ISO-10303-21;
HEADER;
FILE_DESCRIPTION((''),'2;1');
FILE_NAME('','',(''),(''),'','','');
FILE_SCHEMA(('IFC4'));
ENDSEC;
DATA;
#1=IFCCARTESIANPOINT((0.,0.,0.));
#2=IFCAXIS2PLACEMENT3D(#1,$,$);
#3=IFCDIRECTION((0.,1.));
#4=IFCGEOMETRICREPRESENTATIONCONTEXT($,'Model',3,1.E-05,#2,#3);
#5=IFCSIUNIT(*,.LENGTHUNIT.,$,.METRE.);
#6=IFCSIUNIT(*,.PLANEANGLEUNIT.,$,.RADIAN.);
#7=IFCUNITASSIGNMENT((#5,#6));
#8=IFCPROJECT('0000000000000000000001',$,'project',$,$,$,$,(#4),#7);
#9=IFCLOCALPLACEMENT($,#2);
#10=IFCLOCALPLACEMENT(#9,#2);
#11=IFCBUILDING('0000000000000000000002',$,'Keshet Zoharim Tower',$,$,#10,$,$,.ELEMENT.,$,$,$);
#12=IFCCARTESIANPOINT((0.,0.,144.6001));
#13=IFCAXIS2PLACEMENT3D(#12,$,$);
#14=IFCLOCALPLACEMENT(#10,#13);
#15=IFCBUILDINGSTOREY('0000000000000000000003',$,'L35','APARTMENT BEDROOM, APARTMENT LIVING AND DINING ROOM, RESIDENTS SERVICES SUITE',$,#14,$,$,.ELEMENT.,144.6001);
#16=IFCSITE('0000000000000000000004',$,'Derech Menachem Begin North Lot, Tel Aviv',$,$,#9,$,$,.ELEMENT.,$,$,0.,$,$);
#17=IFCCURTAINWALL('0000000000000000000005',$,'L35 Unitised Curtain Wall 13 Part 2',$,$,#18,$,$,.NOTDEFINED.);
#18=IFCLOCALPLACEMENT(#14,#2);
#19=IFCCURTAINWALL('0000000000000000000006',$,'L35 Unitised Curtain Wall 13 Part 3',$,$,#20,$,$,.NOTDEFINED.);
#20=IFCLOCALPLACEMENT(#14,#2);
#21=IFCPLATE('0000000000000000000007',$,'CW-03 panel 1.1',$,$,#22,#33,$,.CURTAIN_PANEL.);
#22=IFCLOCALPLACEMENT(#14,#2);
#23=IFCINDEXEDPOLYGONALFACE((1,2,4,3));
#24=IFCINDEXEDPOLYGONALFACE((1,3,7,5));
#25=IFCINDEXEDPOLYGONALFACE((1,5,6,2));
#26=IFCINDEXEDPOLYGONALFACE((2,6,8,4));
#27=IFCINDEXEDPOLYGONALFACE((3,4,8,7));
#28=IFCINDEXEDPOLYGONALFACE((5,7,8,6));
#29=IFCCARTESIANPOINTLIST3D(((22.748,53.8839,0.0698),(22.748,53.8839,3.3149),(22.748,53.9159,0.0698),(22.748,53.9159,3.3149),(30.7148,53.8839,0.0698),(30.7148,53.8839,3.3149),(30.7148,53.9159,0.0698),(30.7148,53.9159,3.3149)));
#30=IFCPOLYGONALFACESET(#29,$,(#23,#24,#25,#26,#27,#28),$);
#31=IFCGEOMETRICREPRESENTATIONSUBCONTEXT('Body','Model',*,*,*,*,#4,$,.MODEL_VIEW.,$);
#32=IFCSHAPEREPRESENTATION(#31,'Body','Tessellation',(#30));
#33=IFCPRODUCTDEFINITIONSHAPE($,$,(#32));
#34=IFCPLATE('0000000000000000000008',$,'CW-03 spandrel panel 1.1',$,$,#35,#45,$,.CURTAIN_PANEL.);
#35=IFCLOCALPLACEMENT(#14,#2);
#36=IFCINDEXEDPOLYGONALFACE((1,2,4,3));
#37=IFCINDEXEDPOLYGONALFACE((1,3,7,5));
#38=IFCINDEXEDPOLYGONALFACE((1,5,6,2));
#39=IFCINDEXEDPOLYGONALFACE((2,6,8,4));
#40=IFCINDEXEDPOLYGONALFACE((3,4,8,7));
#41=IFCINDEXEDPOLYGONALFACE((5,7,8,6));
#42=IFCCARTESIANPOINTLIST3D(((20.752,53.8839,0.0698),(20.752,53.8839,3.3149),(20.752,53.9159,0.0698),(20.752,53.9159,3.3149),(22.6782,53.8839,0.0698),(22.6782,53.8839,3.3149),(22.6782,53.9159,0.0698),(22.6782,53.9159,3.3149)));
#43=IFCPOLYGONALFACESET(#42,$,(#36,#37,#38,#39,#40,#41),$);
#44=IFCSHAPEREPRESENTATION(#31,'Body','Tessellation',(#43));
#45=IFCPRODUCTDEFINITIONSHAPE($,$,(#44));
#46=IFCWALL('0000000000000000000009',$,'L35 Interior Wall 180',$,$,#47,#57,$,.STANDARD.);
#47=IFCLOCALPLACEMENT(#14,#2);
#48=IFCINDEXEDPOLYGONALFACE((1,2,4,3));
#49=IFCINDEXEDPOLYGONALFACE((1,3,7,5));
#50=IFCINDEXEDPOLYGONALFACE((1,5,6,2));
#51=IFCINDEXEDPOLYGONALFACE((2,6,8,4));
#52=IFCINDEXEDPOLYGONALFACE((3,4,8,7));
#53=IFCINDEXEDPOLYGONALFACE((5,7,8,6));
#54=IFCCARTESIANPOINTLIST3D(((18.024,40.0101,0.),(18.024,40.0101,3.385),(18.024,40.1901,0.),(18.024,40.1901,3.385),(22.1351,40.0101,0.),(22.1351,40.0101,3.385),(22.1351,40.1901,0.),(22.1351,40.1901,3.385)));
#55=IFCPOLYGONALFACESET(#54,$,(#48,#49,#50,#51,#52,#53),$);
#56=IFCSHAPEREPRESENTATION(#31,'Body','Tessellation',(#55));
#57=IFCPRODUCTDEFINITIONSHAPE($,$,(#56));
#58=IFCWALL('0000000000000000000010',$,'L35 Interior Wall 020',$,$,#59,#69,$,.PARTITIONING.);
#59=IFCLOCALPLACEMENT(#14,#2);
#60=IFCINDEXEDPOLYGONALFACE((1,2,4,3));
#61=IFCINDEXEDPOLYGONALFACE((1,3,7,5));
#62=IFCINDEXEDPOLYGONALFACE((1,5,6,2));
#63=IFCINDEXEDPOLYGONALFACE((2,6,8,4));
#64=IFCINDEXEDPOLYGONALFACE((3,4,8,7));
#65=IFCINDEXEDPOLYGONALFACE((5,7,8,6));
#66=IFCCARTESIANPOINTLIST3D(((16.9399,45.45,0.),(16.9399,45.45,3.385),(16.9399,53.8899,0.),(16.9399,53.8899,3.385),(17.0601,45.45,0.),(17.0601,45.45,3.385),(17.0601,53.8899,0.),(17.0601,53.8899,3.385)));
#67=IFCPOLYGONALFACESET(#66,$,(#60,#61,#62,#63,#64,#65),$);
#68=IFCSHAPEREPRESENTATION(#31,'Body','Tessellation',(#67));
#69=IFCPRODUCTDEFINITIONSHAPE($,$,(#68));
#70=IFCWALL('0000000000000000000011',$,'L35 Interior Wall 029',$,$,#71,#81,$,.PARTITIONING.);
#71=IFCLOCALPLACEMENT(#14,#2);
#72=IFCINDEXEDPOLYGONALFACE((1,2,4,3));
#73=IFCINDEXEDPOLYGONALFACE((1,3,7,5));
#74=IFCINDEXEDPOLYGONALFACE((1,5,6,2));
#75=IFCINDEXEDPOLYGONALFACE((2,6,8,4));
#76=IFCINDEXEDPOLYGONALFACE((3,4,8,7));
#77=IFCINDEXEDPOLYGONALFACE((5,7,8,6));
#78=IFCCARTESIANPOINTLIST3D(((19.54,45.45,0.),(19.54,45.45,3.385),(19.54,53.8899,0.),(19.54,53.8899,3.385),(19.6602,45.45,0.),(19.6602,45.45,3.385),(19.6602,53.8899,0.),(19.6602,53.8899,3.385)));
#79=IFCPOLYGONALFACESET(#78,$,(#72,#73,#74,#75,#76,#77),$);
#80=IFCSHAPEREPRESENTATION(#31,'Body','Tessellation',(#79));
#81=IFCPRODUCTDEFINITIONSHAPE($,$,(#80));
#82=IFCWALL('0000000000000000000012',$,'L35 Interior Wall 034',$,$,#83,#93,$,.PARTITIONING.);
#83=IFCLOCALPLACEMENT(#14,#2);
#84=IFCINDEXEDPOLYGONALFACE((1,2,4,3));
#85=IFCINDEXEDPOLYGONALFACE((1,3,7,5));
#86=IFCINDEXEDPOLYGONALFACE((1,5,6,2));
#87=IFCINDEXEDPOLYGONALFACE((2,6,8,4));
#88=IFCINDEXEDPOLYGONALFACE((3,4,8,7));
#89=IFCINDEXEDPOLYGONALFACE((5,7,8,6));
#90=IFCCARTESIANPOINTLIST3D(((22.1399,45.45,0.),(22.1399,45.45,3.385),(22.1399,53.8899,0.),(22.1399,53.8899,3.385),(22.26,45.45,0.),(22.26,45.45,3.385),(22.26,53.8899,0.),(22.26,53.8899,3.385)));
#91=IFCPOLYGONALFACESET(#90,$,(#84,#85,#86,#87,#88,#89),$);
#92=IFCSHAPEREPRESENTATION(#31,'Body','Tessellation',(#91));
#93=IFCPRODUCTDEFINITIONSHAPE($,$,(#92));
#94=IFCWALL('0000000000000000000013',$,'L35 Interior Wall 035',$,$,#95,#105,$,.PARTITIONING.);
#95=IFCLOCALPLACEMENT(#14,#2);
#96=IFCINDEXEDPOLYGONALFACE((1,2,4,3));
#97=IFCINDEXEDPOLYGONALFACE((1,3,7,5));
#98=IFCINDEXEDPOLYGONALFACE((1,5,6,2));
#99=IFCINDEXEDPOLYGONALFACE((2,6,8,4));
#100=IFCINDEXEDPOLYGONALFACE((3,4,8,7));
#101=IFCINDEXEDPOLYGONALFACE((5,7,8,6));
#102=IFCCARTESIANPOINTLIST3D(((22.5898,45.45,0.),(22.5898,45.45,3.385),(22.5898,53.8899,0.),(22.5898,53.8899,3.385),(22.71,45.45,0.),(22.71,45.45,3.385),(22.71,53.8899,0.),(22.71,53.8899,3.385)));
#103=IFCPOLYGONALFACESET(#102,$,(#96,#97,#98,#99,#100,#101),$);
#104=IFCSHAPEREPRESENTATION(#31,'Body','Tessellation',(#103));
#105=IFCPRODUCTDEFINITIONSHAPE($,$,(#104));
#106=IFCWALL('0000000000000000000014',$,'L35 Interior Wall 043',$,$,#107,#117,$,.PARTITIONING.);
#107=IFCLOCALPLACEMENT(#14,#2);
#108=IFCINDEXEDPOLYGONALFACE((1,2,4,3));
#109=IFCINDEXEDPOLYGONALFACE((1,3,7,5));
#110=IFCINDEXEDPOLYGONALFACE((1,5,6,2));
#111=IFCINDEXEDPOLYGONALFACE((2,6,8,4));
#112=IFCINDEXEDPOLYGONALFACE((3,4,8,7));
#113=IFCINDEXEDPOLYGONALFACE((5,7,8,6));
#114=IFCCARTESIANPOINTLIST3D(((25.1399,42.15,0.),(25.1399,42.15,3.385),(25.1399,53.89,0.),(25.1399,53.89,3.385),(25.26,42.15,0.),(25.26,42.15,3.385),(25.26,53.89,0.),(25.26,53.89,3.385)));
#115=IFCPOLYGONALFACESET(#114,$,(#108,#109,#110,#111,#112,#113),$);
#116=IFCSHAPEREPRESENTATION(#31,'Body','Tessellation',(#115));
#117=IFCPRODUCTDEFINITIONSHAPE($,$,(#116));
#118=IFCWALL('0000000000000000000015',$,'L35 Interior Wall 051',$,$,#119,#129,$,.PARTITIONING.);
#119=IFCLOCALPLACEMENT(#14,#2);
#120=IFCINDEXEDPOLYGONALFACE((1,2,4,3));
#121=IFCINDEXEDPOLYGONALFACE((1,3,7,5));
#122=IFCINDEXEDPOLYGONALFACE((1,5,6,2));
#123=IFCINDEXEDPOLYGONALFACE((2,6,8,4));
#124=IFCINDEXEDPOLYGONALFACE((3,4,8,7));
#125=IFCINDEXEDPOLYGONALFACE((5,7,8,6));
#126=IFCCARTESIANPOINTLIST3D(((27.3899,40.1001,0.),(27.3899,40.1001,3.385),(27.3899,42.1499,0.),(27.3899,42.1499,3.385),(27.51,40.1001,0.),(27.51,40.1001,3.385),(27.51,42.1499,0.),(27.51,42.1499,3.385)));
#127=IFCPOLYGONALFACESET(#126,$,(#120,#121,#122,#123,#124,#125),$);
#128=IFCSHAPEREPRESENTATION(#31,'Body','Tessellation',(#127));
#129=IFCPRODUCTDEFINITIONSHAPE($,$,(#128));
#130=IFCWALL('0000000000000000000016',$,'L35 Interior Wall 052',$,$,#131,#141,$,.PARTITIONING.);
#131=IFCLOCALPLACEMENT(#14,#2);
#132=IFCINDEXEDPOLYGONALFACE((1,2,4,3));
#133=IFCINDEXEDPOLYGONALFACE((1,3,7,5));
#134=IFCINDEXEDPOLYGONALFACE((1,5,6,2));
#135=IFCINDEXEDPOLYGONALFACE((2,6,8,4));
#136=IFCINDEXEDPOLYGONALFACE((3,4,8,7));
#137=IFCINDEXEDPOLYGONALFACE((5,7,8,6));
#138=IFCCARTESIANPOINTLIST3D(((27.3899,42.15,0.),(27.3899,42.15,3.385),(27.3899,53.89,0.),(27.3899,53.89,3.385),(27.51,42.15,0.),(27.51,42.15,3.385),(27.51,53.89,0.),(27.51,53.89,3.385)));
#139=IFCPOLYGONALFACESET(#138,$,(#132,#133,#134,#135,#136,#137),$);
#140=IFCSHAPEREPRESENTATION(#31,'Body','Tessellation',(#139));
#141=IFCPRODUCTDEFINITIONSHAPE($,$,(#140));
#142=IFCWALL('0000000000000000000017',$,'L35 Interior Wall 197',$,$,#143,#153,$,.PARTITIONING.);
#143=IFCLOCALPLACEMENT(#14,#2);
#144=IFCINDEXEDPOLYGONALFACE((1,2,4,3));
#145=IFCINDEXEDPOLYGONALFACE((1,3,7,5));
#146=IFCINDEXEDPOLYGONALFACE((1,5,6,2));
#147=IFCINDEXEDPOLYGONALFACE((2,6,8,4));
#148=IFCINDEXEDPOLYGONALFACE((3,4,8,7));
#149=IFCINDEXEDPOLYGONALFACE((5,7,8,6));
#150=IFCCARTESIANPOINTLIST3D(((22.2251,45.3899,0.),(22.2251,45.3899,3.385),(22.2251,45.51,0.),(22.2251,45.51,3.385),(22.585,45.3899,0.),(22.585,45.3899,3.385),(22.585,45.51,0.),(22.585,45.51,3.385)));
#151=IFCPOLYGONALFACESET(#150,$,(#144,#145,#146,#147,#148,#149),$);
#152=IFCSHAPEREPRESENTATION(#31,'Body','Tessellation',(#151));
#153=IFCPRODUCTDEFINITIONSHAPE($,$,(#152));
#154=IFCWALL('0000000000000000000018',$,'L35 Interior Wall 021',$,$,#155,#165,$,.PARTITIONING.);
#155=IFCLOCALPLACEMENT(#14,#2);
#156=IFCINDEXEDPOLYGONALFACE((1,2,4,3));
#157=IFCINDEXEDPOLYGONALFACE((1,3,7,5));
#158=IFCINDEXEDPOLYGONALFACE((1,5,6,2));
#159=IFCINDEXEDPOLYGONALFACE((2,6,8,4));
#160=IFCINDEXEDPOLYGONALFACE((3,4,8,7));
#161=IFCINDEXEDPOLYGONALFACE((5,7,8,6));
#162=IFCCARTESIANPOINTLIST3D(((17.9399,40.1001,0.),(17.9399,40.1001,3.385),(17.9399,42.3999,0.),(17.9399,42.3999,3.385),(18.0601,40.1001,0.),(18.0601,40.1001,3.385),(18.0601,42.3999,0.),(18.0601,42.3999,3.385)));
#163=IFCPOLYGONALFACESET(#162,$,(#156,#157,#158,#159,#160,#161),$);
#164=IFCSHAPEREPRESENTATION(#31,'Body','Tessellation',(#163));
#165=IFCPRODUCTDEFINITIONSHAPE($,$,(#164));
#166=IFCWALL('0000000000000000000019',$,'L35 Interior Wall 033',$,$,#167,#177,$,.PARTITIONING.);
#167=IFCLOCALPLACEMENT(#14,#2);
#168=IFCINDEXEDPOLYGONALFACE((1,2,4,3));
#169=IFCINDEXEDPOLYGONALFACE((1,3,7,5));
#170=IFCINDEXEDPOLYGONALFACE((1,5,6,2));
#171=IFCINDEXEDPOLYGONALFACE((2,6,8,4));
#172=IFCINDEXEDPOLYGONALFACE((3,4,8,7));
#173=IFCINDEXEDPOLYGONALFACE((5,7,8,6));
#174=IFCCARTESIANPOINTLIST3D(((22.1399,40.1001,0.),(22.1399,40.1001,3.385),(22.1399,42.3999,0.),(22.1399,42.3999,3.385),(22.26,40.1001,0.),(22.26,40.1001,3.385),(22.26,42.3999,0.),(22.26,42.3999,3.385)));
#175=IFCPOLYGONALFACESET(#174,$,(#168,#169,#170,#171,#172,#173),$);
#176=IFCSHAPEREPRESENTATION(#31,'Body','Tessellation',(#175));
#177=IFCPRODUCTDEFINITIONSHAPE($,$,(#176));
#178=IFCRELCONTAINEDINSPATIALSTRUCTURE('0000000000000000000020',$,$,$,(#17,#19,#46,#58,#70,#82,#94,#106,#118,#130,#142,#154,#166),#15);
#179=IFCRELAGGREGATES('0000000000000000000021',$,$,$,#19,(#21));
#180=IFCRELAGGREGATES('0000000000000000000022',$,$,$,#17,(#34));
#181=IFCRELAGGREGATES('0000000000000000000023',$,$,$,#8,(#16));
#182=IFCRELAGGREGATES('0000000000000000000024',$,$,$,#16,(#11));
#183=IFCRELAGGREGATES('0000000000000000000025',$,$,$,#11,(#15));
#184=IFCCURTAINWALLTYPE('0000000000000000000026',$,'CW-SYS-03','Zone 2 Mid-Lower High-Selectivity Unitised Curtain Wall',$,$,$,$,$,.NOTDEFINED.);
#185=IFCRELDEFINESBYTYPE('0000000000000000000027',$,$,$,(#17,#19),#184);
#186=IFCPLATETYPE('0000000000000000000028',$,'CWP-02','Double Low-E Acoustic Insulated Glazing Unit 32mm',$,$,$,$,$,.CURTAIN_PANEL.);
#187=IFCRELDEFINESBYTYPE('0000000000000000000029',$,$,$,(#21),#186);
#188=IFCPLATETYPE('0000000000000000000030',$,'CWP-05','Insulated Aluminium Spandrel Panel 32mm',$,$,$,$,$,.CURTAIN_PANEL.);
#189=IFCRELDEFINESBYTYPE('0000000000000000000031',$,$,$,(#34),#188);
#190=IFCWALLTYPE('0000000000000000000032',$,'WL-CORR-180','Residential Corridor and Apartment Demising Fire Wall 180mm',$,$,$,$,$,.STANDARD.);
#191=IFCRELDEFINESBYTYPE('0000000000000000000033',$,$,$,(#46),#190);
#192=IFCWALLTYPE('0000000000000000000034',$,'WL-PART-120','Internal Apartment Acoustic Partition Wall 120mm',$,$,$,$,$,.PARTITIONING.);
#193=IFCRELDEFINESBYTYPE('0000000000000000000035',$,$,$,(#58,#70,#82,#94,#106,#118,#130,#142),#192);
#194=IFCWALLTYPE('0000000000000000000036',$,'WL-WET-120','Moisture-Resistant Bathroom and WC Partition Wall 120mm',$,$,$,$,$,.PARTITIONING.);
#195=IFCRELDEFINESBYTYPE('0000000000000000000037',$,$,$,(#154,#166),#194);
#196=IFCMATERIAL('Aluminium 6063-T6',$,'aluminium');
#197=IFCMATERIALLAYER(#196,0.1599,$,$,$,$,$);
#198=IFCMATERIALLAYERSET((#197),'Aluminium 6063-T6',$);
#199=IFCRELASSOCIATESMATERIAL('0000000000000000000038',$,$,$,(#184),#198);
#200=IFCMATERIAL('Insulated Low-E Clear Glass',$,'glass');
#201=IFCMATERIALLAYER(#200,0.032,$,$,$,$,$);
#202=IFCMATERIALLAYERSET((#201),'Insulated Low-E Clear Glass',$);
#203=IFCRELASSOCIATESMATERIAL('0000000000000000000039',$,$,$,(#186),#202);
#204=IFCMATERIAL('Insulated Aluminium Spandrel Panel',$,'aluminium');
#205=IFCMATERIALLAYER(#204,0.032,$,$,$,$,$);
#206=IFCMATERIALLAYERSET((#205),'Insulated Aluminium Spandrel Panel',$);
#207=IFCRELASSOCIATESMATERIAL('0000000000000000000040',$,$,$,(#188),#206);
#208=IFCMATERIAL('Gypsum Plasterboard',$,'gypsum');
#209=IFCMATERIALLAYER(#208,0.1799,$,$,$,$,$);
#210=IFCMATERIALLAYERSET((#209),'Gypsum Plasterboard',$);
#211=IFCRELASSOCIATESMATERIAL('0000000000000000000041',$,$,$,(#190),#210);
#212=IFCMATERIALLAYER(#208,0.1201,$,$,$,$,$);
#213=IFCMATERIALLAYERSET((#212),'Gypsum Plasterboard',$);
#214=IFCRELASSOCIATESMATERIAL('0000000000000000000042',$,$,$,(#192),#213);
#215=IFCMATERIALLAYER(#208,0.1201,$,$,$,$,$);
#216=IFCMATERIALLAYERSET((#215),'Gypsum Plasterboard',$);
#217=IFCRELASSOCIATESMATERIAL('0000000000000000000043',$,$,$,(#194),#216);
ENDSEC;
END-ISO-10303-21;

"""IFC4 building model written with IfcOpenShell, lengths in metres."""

from ifc_helpers import new_model, si_unit, direction, frame, frame_2d, origin, origin_2d, place, context, subcontext, project, spatial, rectangle, extrude, material, layer, layer_set, type_object, element, aggregate, save


model = new_model("IFC4")

# Units and contexts
model_context = context("Model", 3, precision=1e-05, world=origin(), true_north=direction((0.0, 1.0)))
body_context = subcontext(model_context, "Body", "Model", "MODEL_VIEW")
ifc_project = project(units=[si_unit("LENGTHUNIT", "METRE"), si_unit("PLANEANGLEUNIT", "RADIAN")], contexts=[model_context])

# Site, building, storey
site_placement = place(None, origin())
site = spatial("IfcSite", under=ifc_project, at=site_placement, Name="Derech Menachem Begin North Lot, Tel Aviv", CompositionType="ELEMENT", RefElevation=0.0)
building_placement = place(site_placement, origin())
building = spatial("IfcBuilding", under=site, at=building_placement, Name="Keshet Zoharim Tower", CompositionType="ELEMENT")
storey_placement = place(building_placement, frame((0.0, 0.0, 144.6001)))
storey = spatial("IfcBuildingStorey", under=building, at=storey_placement, Name="L35", Description="APARTMENT BEDROOM, APARTMENT LIVING AND DINING ROOM, RESIDENTS SERVICES SUITE", CompositionType="ELEMENT", Elevation=144.6001)

# Curtain wall
ifc_material_1 = material(Name="Aluminium 6063-T6", Category="aluminium")
ifc_layer_1 = layer(ifc_material_1, 0.1599)
ifc_layer_set_1 = layer_set([ifc_layer_1], Name="Aluminium 6063-T6")
curtain_wall_type = type_object("IfcCurtainWallType", Name="CW-SYS-03", Description="Zone 2 Mid-Lower High-Selectivity Unitised Curtain Wall", PredefinedType="NOTDEFINED", material=ifc_layer_set_1)
curtain_wall_1_placement = place(storey_placement, origin())
curtain_wall_1 = element("IfcCurtainWall", 1, at=curtain_wall_1_placement, inside=storey, type_object=curtain_wall_type, Name="L35 Unitised Curtain Wall 13 Part 2", PredefinedType="NOTDEFINED")

# Curtain wall
curtain_wall_2_placement = place(storey_placement, origin())
curtain_wall_2 = element("IfcCurtainWall", 2, at=curtain_wall_2_placement, inside=storey, type_object=curtain_wall_type, Name="L35 Unitised Curtain Wall 13 Part 3", PredefinedType="NOTDEFINED")

# Plates
ifc_material_2 = material(Name="Insulated Low-E Clear Glass", Category="glass")
ifc_layer_2 = layer(ifc_material_2, 0.032)
ifc_layer_set_2 = layer_set([ifc_layer_2], Name="Insulated Low-E Clear Glass")
plate_type_1 = type_object("IfcPlateType", Name="CWP-02", Description="Double Low-E Acoustic Insulated Glazing Unit 32mm", PredefinedType="CURTAIN_PANEL", material=ifc_layer_set_2)
plate_1_placement = place(storey_placement, frame((26.7314, 53.8999, 0.0698), z_axis=(0.0, 0.0, 1.0), x_axis=(1.0, 0.0, 0.0)))
plate_1 = element("IfcPlate", 3, at=plate_1_placement, type_object=plate_type_1, Name="CW-03 panel 1.1", PredefinedType="CURTAIN_PANEL", context=body_context, shape_type="SweptSolid", body=[
    extrude(rectangle(XDim=7.9668, YDim=0.032, at=origin_2d()), origin(), (0.0, 0.0, 1.0), 3.2451),
])
aggregate(curtain_wall_2, [plate_1])
ifc_material_3 = material(Name="Insulated Aluminium Spandrel Panel", Category="aluminium")
ifc_layer_3 = layer(ifc_material_3, 0.032)
ifc_layer_set_3 = layer_set([ifc_layer_3], Name="Insulated Aluminium Spandrel Panel")
plate_type_2 = type_object("IfcPlateType", Name="CWP-05", Description="Insulated Aluminium Spandrel Panel 32mm", PredefinedType="CURTAIN_PANEL", material=ifc_layer_set_3)
plate_2_placement = place(storey_placement, frame((21.7151, 53.8999, 0.0698), z_axis=(0.0, 0.0, 1.0), x_axis=(1.0, 0.0, 0.0)))
plate_2 = element("IfcPlate", 4, at=plate_2_placement, type_object=plate_type_2, Name="CW-03 spandrel panel 1.1", PredefinedType="CURTAIN_PANEL", context=body_context, shape_type="SweptSolid", body=[
    extrude(rectangle(XDim=1.9263, YDim=0.032, at=origin_2d()), origin(), (0.0, 0.0, 1.0), 3.2451),
])
aggregate(curtain_wall_1, [plate_2])

# Wall
ifc_material_4 = material(Name="Gypsum Plasterboard", Category="gypsum")
ifc_layer_4 = layer(ifc_material_4, 0.1799)
ifc_layer_set_4 = layer_set([ifc_layer_4], Name="Gypsum Plasterboard")
wall_type_1 = type_object("IfcWallType", Name="WL-CORR-180", Description="Residential Corridor and Apartment Demising Fire Wall 180mm", PredefinedType="STANDARD", material=ifc_layer_set_4)
wall_1_placement = place(storey_placement, frame((18.0239, 40.1001, 0.0), z_axis=(0.0, 0.0, 1.0), x_axis=(1.0, 0.0, 0.0)))
element("IfcWall", 5, at=wall_1_placement, inside=storey, type_object=wall_type_1, Name="L35 Interior Wall 180", PredefinedType="STANDARD", context=body_context, shape_type="SweptSolid", body=[
    extrude(rectangle(XDim=4.1111, YDim=0.1799, at=frame_2d((2.0557, 0.0))), origin(), (0.0, 0.0, 1.0), 3.385),
])

# Walls
ifc_layer_5 = layer(ifc_material_4, 0.1201)
ifc_layer_set_5 = layer_set([ifc_layer_5], Name="Gypsum Plasterboard")
wall_type_2 = type_object("IfcWallType", Name="WL-PART-120", Description="Internal Apartment Acoustic Partition Wall 120mm", PredefinedType="PARTITIONING", material=ifc_layer_set_5)
for number, where, z_axis, x_axis, name in (
    (6, (17.0, 45.45, 0.0), (0.0, 0.0, 1.0), (0.0, 1.0, 0.0), "L35 Interior Wall 020"),
    (7, (19.6001, 45.45, 0.0), (0.0, 0.0, 1.0), (0.0, 1.0, 0.0), "L35 Interior Wall 029"),
    (8, (22.2, 45.45, 0.0), (0.0, 0.0, 1.0), (0.0, 1.0, 0.0), "L35 Interior Wall 034"),
    (9, (22.6499, 45.45, 0.0), (0.0, 0.0, 1.0), (0.0, 1.0, 0.0), "L35 Interior Wall 035"),
):
    element("IfcWall", number, at=place(storey_placement, frame(where, z_axis=z_axis, x_axis=x_axis)), inside=storey, type_object=wall_type_2, Name=name, PredefinedType="PARTITIONING", context=body_context, shape_type="SweptSolid", body=[
        extrude(rectangle(XDim=8.4399, YDim=0.1201, at=frame_2d((4.22, 0.0))), origin(), (0.0, 0.0, 1.0), 3.385),
    ])
wall_2_placement = place(storey_placement, frame((25.2, 42.1499, 0.0), z_axis=(0.0, 0.0, 1.0), x_axis=(0.0, 1.0, 0.0)))
element("IfcWall", 10, at=wall_2_placement, inside=storey, type_object=wall_type_2, Name="L35 Interior Wall 043", PredefinedType="PARTITIONING", context=body_context, shape_type="SweptSolid", body=[
    extrude(rectangle(XDim=11.74, YDim=0.1201, at=frame_2d((5.8701, 0.0))), origin(), (0.0, 0.0, 1.0), 3.385),
])
wall_3_placement = place(storey_placement, frame((27.45, 40.1001, 0.0), z_axis=(0.0, 0.0, 1.0), x_axis=(0.0, 1.0, 0.0)))
element("IfcWall", 11, at=wall_3_placement, inside=storey, type_object=wall_type_2, Name="L35 Interior Wall 051", PredefinedType="PARTITIONING", context=body_context, shape_type="SweptSolid", body=[
    extrude(rectangle(XDim=2.0498, YDim=0.1201, at=frame_2d((1.0249, 0.0))), origin(), (0.0, 0.0, 1.0), 3.385),
])
wall_4_placement = place(storey_placement, frame((27.45, 42.1499, 0.0), z_axis=(0.0, 0.0, 1.0), x_axis=(0.0, 1.0, 0.0)))
element("IfcWall", 12, at=wall_4_placement, inside=storey, type_object=wall_type_2, Name="L35 Interior Wall 052", PredefinedType="PARTITIONING", context=body_context, shape_type="SweptSolid", body=[
    extrude(rectangle(XDim=11.74, YDim=0.1201, at=frame_2d((5.8701, 0.0))), origin(), (0.0, 0.0, 1.0), 3.385),
])

# Walls
wall_5_placement = place(storey_placement, frame((22.2251, 45.45, 0.0), z_axis=(0.0, 0.0, 1.0), x_axis=(1.0, 0.0, 0.0)))
element("IfcWall", 13, at=wall_5_placement, inside=storey, type_object=wall_type_2, Name="L35 Interior Wall 197", PredefinedType="PARTITIONING", context=body_context, shape_type="SweptSolid", body=[
    extrude(rectangle(XDim=0.3599, YDim=0.1201, at=frame_2d((0.1799, 0.0))), origin(), (0.0, 0.0, 1.0), 3.385),
])
ifc_layer_6 = layer(ifc_material_4, 0.1201)
ifc_layer_set_6 = layer_set([ifc_layer_6], Name="Gypsum Plasterboard")
wall_type_3 = type_object("IfcWallType", Name="WL-WET-120", Description="Moisture-Resistant Bathroom and WC Partition Wall 120mm", PredefinedType="PARTITIONING", material=ifc_layer_set_6)
for number, where, z_axis, x_axis, name in (
    (14, (18.0, 40.1001, 0.0), (0.0, 0.0, 1.0), (0.0, 1.0, 0.0), "L35 Interior Wall 021"),
    (15, (22.2, 40.1001, 0.0), (0.0, 0.0, 1.0), (0.0, 1.0, 0.0), "L35 Interior Wall 033"),
):
    element("IfcWall", number, at=place(storey_placement, frame(where, z_axis=z_axis, x_axis=x_axis)), inside=storey, type_object=wall_type_3, Name=name, PredefinedType="PARTITIONING", context=body_context, shape_type="SweptSolid", body=[
        extrude(rectangle(XDim=2.2998, YDim=0.1201, at=frame_2d((1.1499, 0.0))), origin(), (0.0, 0.0, 1.0), 3.385),
    ])

save(model, "model.ifc")
